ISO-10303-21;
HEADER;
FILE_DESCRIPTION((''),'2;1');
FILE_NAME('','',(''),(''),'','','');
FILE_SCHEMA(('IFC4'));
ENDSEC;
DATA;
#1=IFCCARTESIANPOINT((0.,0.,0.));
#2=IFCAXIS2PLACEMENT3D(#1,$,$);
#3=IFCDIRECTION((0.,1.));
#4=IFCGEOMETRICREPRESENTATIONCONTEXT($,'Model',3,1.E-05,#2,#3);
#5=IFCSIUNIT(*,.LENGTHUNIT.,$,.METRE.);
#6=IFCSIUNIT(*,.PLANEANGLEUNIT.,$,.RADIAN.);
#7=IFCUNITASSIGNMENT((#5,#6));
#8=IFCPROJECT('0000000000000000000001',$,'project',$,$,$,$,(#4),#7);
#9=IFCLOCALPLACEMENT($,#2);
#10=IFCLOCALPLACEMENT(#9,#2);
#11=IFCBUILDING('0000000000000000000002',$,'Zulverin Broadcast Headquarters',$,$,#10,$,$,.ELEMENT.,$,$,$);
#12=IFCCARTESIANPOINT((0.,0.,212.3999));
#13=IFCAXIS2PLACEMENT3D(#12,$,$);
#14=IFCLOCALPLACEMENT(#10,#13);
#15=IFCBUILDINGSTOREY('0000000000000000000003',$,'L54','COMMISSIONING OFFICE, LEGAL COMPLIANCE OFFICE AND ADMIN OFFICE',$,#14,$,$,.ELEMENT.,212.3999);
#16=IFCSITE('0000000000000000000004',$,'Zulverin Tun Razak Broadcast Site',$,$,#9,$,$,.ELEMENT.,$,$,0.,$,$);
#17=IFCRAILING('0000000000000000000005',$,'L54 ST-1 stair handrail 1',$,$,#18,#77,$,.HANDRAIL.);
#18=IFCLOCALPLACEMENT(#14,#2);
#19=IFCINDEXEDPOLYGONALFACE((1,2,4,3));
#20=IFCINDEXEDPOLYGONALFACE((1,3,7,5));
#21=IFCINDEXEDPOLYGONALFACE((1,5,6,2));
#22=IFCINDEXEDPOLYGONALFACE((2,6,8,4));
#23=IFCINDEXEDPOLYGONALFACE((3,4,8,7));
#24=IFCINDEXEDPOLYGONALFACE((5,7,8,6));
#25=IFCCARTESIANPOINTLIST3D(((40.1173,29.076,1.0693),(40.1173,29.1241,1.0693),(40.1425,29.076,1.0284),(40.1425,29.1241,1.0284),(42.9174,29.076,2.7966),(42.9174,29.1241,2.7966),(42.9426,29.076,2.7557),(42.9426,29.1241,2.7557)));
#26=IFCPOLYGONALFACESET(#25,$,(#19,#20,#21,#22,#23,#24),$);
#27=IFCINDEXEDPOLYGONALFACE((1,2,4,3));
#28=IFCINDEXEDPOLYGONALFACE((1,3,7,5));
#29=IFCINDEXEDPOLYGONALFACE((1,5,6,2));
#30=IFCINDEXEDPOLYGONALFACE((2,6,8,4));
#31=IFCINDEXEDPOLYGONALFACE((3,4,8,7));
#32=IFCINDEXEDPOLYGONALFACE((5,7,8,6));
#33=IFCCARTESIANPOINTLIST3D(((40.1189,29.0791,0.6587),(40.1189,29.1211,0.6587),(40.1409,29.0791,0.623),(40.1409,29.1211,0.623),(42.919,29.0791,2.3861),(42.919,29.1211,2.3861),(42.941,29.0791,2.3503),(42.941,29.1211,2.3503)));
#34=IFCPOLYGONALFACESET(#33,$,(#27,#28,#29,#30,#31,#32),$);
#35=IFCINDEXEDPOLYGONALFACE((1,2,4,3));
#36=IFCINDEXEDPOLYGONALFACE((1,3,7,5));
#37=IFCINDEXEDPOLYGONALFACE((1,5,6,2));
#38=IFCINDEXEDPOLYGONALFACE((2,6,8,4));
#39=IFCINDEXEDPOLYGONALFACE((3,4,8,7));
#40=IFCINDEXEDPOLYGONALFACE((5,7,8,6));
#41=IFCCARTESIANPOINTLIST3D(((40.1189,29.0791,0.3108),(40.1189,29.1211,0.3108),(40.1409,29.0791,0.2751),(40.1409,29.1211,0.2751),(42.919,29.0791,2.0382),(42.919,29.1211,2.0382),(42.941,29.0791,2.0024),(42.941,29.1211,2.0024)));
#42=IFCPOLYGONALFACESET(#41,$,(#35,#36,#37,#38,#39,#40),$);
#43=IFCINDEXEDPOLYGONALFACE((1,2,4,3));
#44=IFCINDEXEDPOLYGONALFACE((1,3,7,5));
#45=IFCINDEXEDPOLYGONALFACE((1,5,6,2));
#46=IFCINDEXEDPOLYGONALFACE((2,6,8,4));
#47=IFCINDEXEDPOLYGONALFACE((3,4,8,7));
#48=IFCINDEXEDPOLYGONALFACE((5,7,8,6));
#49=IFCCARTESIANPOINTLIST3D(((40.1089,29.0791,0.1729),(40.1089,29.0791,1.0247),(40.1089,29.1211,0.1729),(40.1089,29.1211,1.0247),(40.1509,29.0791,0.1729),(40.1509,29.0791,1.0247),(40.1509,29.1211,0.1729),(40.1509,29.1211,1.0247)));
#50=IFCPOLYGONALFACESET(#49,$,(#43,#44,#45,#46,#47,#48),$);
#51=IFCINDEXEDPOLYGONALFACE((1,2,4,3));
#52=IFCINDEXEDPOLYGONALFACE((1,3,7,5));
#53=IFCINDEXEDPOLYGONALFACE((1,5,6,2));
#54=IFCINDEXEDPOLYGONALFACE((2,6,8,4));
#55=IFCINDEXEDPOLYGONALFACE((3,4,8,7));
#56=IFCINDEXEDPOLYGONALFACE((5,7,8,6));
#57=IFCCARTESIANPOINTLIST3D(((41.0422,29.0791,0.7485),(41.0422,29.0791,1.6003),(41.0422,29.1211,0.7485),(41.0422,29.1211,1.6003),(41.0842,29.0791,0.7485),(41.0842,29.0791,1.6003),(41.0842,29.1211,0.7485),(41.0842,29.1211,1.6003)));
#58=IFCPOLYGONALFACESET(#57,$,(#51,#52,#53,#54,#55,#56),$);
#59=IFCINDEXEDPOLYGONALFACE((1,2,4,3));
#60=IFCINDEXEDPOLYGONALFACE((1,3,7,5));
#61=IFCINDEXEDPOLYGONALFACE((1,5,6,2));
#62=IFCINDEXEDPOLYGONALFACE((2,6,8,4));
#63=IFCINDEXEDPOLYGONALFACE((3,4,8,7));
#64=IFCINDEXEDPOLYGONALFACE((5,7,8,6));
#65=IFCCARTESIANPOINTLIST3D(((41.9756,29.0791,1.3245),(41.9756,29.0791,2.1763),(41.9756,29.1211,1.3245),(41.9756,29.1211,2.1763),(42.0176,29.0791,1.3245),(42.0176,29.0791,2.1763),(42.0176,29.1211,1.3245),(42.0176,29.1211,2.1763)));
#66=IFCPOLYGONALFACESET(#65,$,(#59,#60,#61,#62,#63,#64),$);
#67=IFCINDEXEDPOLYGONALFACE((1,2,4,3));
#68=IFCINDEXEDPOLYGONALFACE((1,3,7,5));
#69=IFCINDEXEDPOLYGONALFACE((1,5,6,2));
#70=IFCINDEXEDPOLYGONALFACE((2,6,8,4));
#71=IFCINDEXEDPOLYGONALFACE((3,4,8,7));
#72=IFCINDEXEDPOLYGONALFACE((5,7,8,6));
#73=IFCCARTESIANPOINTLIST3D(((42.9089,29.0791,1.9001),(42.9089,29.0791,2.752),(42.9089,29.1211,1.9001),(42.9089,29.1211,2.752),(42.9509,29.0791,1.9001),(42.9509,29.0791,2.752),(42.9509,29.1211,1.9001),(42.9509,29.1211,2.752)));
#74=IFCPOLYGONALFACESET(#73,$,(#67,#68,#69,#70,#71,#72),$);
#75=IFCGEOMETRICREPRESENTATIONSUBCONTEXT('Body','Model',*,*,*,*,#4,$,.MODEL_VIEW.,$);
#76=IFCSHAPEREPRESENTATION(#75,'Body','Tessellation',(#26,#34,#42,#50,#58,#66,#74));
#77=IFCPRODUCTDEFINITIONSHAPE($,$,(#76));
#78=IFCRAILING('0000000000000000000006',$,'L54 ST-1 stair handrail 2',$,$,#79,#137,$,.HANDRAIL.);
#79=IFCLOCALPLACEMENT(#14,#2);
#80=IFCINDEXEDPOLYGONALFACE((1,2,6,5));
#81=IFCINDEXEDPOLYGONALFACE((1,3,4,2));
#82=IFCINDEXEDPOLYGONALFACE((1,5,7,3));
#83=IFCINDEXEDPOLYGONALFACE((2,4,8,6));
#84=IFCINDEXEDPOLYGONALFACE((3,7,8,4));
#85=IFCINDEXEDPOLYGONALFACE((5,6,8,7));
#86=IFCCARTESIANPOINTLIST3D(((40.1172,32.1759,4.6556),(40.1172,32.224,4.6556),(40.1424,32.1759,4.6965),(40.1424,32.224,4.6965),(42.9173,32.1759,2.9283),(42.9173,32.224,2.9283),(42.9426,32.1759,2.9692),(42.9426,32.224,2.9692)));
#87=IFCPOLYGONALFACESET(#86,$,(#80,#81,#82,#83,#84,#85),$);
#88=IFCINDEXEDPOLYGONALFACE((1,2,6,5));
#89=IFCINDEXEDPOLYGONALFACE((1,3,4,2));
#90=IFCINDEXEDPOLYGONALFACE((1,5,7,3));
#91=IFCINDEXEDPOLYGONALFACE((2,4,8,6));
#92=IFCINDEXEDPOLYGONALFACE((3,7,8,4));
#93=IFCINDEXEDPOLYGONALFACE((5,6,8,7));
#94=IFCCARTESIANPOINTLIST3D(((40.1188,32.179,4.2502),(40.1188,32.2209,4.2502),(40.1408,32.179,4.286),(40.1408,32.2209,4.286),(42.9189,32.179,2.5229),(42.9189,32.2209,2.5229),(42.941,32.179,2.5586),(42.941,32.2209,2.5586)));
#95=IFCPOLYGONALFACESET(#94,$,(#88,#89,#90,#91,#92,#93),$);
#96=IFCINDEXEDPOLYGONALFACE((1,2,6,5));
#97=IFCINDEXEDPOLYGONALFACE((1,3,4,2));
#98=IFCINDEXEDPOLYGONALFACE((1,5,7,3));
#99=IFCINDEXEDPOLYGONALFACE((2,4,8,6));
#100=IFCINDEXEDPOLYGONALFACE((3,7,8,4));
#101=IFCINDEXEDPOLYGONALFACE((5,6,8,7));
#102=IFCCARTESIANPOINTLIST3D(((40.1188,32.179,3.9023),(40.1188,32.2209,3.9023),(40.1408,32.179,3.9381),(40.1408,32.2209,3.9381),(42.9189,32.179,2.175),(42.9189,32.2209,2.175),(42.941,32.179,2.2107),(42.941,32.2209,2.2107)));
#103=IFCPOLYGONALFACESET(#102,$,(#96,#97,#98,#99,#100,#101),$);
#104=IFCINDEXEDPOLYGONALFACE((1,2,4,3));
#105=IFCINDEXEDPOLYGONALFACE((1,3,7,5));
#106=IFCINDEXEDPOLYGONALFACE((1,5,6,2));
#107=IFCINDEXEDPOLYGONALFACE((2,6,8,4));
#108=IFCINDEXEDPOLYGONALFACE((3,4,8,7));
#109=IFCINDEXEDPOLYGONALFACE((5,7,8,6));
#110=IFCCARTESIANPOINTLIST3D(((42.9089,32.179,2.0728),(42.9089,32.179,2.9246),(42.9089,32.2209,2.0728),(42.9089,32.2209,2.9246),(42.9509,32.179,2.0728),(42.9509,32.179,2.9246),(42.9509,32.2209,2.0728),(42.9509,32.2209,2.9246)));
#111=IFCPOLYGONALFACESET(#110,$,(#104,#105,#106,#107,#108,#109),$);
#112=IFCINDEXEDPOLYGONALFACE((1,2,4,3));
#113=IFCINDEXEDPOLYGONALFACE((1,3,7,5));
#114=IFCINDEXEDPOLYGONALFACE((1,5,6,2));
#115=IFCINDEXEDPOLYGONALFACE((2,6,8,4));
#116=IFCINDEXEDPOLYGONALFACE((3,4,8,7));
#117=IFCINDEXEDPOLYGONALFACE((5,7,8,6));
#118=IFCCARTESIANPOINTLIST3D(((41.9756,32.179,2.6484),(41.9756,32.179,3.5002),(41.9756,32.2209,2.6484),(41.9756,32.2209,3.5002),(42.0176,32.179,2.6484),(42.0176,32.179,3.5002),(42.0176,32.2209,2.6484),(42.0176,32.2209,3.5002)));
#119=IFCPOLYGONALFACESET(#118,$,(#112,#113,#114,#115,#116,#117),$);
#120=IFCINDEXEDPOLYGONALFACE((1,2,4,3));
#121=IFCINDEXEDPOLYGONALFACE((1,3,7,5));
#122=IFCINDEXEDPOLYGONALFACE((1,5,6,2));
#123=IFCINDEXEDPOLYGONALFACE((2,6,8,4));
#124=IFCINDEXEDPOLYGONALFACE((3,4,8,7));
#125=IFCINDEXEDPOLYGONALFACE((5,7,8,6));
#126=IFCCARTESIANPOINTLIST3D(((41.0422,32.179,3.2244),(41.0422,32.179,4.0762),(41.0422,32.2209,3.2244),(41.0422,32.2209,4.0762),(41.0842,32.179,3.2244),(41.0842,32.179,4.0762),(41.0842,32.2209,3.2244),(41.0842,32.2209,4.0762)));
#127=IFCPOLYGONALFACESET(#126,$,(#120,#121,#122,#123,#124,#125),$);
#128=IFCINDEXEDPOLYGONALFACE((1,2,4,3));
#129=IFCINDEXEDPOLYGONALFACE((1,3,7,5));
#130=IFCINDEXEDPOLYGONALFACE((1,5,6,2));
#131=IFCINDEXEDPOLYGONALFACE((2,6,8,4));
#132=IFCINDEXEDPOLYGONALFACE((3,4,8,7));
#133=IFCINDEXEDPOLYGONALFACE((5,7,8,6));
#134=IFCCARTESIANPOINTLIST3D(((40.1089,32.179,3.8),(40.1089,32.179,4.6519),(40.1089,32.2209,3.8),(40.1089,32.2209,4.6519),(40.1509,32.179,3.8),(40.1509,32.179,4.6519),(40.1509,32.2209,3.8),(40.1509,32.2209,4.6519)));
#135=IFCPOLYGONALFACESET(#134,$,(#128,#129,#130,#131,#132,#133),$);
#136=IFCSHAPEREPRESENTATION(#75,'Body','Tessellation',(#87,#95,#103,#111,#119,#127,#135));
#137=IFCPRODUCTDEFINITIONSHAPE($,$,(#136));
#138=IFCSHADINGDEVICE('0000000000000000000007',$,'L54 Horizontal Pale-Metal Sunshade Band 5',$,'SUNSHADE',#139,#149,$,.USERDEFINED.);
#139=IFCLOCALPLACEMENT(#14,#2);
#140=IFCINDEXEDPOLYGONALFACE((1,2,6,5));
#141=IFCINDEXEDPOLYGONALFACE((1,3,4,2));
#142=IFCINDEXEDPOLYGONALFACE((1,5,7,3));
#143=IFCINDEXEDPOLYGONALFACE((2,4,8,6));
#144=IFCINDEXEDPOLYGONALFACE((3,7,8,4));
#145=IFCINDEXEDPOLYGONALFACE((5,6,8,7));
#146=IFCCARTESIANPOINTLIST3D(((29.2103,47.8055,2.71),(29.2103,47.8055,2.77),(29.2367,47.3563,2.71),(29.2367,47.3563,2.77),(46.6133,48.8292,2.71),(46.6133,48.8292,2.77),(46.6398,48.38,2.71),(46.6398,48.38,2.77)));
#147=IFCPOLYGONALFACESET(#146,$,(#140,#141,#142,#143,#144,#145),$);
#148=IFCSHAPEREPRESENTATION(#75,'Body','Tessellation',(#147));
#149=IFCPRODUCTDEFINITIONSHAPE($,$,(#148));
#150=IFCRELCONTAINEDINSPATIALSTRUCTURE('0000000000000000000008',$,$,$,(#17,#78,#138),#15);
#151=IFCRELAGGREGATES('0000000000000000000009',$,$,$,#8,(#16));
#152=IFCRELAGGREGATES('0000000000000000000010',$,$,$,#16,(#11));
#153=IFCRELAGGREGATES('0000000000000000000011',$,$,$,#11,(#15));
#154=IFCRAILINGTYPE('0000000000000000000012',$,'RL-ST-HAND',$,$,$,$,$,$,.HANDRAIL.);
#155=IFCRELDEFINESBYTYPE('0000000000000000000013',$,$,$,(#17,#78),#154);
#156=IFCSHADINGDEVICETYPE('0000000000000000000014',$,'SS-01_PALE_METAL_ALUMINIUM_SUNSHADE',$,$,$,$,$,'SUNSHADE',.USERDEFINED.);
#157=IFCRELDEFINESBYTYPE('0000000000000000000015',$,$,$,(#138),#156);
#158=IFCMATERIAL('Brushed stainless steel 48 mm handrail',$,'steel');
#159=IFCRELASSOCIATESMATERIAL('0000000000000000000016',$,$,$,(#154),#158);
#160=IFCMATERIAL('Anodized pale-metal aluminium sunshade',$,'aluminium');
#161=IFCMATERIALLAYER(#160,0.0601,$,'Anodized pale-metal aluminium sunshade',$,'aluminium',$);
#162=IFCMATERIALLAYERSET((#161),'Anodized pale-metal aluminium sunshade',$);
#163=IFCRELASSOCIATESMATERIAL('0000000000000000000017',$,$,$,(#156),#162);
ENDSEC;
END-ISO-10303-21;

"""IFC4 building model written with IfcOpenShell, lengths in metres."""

from ifc_helpers import new_model, si_unit, direction, frame, origin, origin_2d, place, context, subcontext, project, spatial, rectangle, extrude, material, layer, layer_set, type_object, element, save


model = new_model("IFC4")

# Units and contexts
model_context = context("Model", 3, precision=1e-05, world=origin(), true_north=direction((0.0, 1.0)))
body_context = subcontext(model_context, "Body", "Model", "MODEL_VIEW")
ifc_project = project(units=[si_unit("LENGTHUNIT", "METRE"), si_unit("PLANEANGLEUNIT", "RADIAN")], contexts=[model_context])

# Site, building, storey
site_placement = place(None, origin())
site = spatial("IfcSite", under=ifc_project, at=site_placement, Name="Zulverin Tun Razak Broadcast Site", CompositionType="ELEMENT", RefElevation=0.0)
building_placement = place(site_placement, origin())
building = spatial("IfcBuilding", under=site, at=building_placement, Name="Zulverin Broadcast Headquarters", CompositionType="ELEMENT")
storey_placement = place(building_placement, frame((0.0, 0.0, 212.3999)))
storey = spatial("IfcBuildingStorey", under=building, at=storey_placement, Name="L54", Description="COMMISSIONING OFFICE, LEGAL COMPLIANCE OFFICE AND ADMIN OFFICE", CompositionType="ELEMENT", Elevation=212.3999)

# Railings
ifc_material_1 = material(Name="Brushed stainless steel 48 mm handrail", Category="steel")
railing_type_1 = type_object("IfcRailingType", Name="RL-ST-HAND", PredefinedType="HANDRAIL", material=ifc_material_1)
railing_1_placement = place(storey_placement, frame((40.1299, 29.1001, 0.1729)))
element("IfcRailing", 1, at=railing_1_placement, inside=storey, type_object=railing_type_1, Name="L54 ST-1 stair handrail 1", PredefinedType="HANDRAIL", context=body_context, shape_type="SweptSolid", body=[
    extrude(rectangle(XDim=0.0481, YDim=0.0481, at=origin_2d()), frame((0.0, 0.0, 0.876), z_axis=(0.85109, 0.0, 0.52502), x_axis=(0.0, 1.0, 0.0)), (0.0, 0.0, 1.0), 3.29),
    extrude(rectangle(XDim=0.042, YDim=0.042, at=origin_2d()), frame((0.0, 0.0, 0.468), z_axis=(0.85109, 0.0, 0.52502), x_axis=(0.0, 1.0, 0.0)), (0.0, 0.0, 1.0), 3.29),
    extrude(rectangle(XDim=0.042, YDim=0.042, at=origin_2d()), frame((0.0, 0.0, 0.1201), z_axis=(0.85109, 0.0, 0.52502), x_axis=(0.0, 1.0, 0.0)), (0.0, 0.0, 1.0), 3.29),
    extrude(rectangle(XDim=0.042, YDim=0.042, at=origin_2d()), origin(), (0.0, 0.0, 1.0), 0.8518),
    extrude(rectangle(XDim=0.042, YDim=0.042, at=origin_2d()), frame((0.9333, 0.0, 0.5757)), (0.0, 0.0, 1.0), 0.8518),
    extrude(rectangle(XDim=0.042, YDim=0.042, at=origin_2d()), frame((1.8667, 0.0, 1.1516)), (0.0, 0.0, 1.0), 0.8518),
    extrude(rectangle(XDim=0.042, YDim=0.042, at=origin_2d()), frame((2.8, 0.0, 1.7273)), (0.0, 0.0, 1.0), 0.8518),
])
railing_2_placement = place(storey_placement, frame((42.9299, 32.2, 2.0728)))
element("IfcRailing", 2, at=railing_2_placement, inside=storey, type_object=railing_type_1, Name="L54 ST-1 stair handrail 2", PredefinedType="HANDRAIL", context=body_context, shape_type="SweptSolid", body=[
    extrude(rectangle(XDim=0.0481, YDim=0.0481, at=origin_2d()), frame((0.0, 0.0, 0.876), z_axis=(-0.85109, 0.0, 0.52502), x_axis=(0.0, -1.0, 0.0)), (0.0, 0.0, 1.0), 3.29),
    extrude(rectangle(XDim=0.042, YDim=0.042, at=origin_2d()), frame((0.0, 0.0, 0.468), z_axis=(-0.85109, 0.0, 0.52502), x_axis=(0.0, -1.0, 0.0)), (0.0, 0.0, 1.0), 3.29),
    extrude(rectangle(XDim=0.042, YDim=0.042, at=origin_2d()), frame((0.0, 0.0, 0.1201), z_axis=(-0.85109, 0.0, 0.52502), x_axis=(0.0, -1.0, 0.0)), (0.0, 0.0, 1.0), 3.29),
    extrude(rectangle(XDim=0.042, YDim=0.042, at=origin_2d()), origin(), (0.0, 0.0, 1.0), 0.8518),
    extrude(rectangle(XDim=0.042, YDim=0.042, at=origin_2d()), frame((-0.9333, 0.0, 0.5757)), (0.0, 0.0, 1.0), 0.8518),
    extrude(rectangle(XDim=0.042, YDim=0.042, at=origin_2d()), frame((-1.8667, 0.0, 1.1516)), (0.0, 0.0, 1.0), 0.8518),
    extrude(rectangle(XDim=0.042, YDim=0.042, at=origin_2d()), frame((-2.8, 0.0, 1.7273)), (0.0, 0.0, 1.0), 0.8518),
])

# Shading device
ifc_material_2 = material(Name="Anodized pale-metal aluminium sunshade", Category="aluminium")
ifc_layer_1 = layer(ifc_material_2, 0.0601, Name="Anodized pale-metal aluminium sunshade", Category="aluminium")
ifc_layer_set_1 = layer_set([ifc_layer_1], Name="Anodized pale-metal aluminium sunshade")
shading_device_type = type_object("IfcShadingDeviceType", Name="SS-01_PALE_METAL_ALUMINIUM_SUNSHADE", ElementType="SUNSHADE", PredefinedType="USERDEFINED", material=ifc_layer_set_1)
shading_device_placement = place(storey_placement, frame((37.925, 48.0928, 2.71), z_axis=(0.0, 0.0, 1.0), x_axis=(-0.998274, -0.058723, 0.0)))
element("IfcShadingDevice", 3, at=shading_device_placement, inside=storey, type_object=shading_device_type, Name="L54 Horizontal Pale-Metal Sunshade Band 5", ObjectType="SUNSHADE", PredefinedType="USERDEFINED", context=body_context, shape_type="SweptSolid", body=[
    extrude(rectangle(XDim=17.4331, YDim=0.45, at=origin_2d()), origin(), (0.0, 0.0, 1.0), 0.0601),
])

save(model, "model.ifc")
